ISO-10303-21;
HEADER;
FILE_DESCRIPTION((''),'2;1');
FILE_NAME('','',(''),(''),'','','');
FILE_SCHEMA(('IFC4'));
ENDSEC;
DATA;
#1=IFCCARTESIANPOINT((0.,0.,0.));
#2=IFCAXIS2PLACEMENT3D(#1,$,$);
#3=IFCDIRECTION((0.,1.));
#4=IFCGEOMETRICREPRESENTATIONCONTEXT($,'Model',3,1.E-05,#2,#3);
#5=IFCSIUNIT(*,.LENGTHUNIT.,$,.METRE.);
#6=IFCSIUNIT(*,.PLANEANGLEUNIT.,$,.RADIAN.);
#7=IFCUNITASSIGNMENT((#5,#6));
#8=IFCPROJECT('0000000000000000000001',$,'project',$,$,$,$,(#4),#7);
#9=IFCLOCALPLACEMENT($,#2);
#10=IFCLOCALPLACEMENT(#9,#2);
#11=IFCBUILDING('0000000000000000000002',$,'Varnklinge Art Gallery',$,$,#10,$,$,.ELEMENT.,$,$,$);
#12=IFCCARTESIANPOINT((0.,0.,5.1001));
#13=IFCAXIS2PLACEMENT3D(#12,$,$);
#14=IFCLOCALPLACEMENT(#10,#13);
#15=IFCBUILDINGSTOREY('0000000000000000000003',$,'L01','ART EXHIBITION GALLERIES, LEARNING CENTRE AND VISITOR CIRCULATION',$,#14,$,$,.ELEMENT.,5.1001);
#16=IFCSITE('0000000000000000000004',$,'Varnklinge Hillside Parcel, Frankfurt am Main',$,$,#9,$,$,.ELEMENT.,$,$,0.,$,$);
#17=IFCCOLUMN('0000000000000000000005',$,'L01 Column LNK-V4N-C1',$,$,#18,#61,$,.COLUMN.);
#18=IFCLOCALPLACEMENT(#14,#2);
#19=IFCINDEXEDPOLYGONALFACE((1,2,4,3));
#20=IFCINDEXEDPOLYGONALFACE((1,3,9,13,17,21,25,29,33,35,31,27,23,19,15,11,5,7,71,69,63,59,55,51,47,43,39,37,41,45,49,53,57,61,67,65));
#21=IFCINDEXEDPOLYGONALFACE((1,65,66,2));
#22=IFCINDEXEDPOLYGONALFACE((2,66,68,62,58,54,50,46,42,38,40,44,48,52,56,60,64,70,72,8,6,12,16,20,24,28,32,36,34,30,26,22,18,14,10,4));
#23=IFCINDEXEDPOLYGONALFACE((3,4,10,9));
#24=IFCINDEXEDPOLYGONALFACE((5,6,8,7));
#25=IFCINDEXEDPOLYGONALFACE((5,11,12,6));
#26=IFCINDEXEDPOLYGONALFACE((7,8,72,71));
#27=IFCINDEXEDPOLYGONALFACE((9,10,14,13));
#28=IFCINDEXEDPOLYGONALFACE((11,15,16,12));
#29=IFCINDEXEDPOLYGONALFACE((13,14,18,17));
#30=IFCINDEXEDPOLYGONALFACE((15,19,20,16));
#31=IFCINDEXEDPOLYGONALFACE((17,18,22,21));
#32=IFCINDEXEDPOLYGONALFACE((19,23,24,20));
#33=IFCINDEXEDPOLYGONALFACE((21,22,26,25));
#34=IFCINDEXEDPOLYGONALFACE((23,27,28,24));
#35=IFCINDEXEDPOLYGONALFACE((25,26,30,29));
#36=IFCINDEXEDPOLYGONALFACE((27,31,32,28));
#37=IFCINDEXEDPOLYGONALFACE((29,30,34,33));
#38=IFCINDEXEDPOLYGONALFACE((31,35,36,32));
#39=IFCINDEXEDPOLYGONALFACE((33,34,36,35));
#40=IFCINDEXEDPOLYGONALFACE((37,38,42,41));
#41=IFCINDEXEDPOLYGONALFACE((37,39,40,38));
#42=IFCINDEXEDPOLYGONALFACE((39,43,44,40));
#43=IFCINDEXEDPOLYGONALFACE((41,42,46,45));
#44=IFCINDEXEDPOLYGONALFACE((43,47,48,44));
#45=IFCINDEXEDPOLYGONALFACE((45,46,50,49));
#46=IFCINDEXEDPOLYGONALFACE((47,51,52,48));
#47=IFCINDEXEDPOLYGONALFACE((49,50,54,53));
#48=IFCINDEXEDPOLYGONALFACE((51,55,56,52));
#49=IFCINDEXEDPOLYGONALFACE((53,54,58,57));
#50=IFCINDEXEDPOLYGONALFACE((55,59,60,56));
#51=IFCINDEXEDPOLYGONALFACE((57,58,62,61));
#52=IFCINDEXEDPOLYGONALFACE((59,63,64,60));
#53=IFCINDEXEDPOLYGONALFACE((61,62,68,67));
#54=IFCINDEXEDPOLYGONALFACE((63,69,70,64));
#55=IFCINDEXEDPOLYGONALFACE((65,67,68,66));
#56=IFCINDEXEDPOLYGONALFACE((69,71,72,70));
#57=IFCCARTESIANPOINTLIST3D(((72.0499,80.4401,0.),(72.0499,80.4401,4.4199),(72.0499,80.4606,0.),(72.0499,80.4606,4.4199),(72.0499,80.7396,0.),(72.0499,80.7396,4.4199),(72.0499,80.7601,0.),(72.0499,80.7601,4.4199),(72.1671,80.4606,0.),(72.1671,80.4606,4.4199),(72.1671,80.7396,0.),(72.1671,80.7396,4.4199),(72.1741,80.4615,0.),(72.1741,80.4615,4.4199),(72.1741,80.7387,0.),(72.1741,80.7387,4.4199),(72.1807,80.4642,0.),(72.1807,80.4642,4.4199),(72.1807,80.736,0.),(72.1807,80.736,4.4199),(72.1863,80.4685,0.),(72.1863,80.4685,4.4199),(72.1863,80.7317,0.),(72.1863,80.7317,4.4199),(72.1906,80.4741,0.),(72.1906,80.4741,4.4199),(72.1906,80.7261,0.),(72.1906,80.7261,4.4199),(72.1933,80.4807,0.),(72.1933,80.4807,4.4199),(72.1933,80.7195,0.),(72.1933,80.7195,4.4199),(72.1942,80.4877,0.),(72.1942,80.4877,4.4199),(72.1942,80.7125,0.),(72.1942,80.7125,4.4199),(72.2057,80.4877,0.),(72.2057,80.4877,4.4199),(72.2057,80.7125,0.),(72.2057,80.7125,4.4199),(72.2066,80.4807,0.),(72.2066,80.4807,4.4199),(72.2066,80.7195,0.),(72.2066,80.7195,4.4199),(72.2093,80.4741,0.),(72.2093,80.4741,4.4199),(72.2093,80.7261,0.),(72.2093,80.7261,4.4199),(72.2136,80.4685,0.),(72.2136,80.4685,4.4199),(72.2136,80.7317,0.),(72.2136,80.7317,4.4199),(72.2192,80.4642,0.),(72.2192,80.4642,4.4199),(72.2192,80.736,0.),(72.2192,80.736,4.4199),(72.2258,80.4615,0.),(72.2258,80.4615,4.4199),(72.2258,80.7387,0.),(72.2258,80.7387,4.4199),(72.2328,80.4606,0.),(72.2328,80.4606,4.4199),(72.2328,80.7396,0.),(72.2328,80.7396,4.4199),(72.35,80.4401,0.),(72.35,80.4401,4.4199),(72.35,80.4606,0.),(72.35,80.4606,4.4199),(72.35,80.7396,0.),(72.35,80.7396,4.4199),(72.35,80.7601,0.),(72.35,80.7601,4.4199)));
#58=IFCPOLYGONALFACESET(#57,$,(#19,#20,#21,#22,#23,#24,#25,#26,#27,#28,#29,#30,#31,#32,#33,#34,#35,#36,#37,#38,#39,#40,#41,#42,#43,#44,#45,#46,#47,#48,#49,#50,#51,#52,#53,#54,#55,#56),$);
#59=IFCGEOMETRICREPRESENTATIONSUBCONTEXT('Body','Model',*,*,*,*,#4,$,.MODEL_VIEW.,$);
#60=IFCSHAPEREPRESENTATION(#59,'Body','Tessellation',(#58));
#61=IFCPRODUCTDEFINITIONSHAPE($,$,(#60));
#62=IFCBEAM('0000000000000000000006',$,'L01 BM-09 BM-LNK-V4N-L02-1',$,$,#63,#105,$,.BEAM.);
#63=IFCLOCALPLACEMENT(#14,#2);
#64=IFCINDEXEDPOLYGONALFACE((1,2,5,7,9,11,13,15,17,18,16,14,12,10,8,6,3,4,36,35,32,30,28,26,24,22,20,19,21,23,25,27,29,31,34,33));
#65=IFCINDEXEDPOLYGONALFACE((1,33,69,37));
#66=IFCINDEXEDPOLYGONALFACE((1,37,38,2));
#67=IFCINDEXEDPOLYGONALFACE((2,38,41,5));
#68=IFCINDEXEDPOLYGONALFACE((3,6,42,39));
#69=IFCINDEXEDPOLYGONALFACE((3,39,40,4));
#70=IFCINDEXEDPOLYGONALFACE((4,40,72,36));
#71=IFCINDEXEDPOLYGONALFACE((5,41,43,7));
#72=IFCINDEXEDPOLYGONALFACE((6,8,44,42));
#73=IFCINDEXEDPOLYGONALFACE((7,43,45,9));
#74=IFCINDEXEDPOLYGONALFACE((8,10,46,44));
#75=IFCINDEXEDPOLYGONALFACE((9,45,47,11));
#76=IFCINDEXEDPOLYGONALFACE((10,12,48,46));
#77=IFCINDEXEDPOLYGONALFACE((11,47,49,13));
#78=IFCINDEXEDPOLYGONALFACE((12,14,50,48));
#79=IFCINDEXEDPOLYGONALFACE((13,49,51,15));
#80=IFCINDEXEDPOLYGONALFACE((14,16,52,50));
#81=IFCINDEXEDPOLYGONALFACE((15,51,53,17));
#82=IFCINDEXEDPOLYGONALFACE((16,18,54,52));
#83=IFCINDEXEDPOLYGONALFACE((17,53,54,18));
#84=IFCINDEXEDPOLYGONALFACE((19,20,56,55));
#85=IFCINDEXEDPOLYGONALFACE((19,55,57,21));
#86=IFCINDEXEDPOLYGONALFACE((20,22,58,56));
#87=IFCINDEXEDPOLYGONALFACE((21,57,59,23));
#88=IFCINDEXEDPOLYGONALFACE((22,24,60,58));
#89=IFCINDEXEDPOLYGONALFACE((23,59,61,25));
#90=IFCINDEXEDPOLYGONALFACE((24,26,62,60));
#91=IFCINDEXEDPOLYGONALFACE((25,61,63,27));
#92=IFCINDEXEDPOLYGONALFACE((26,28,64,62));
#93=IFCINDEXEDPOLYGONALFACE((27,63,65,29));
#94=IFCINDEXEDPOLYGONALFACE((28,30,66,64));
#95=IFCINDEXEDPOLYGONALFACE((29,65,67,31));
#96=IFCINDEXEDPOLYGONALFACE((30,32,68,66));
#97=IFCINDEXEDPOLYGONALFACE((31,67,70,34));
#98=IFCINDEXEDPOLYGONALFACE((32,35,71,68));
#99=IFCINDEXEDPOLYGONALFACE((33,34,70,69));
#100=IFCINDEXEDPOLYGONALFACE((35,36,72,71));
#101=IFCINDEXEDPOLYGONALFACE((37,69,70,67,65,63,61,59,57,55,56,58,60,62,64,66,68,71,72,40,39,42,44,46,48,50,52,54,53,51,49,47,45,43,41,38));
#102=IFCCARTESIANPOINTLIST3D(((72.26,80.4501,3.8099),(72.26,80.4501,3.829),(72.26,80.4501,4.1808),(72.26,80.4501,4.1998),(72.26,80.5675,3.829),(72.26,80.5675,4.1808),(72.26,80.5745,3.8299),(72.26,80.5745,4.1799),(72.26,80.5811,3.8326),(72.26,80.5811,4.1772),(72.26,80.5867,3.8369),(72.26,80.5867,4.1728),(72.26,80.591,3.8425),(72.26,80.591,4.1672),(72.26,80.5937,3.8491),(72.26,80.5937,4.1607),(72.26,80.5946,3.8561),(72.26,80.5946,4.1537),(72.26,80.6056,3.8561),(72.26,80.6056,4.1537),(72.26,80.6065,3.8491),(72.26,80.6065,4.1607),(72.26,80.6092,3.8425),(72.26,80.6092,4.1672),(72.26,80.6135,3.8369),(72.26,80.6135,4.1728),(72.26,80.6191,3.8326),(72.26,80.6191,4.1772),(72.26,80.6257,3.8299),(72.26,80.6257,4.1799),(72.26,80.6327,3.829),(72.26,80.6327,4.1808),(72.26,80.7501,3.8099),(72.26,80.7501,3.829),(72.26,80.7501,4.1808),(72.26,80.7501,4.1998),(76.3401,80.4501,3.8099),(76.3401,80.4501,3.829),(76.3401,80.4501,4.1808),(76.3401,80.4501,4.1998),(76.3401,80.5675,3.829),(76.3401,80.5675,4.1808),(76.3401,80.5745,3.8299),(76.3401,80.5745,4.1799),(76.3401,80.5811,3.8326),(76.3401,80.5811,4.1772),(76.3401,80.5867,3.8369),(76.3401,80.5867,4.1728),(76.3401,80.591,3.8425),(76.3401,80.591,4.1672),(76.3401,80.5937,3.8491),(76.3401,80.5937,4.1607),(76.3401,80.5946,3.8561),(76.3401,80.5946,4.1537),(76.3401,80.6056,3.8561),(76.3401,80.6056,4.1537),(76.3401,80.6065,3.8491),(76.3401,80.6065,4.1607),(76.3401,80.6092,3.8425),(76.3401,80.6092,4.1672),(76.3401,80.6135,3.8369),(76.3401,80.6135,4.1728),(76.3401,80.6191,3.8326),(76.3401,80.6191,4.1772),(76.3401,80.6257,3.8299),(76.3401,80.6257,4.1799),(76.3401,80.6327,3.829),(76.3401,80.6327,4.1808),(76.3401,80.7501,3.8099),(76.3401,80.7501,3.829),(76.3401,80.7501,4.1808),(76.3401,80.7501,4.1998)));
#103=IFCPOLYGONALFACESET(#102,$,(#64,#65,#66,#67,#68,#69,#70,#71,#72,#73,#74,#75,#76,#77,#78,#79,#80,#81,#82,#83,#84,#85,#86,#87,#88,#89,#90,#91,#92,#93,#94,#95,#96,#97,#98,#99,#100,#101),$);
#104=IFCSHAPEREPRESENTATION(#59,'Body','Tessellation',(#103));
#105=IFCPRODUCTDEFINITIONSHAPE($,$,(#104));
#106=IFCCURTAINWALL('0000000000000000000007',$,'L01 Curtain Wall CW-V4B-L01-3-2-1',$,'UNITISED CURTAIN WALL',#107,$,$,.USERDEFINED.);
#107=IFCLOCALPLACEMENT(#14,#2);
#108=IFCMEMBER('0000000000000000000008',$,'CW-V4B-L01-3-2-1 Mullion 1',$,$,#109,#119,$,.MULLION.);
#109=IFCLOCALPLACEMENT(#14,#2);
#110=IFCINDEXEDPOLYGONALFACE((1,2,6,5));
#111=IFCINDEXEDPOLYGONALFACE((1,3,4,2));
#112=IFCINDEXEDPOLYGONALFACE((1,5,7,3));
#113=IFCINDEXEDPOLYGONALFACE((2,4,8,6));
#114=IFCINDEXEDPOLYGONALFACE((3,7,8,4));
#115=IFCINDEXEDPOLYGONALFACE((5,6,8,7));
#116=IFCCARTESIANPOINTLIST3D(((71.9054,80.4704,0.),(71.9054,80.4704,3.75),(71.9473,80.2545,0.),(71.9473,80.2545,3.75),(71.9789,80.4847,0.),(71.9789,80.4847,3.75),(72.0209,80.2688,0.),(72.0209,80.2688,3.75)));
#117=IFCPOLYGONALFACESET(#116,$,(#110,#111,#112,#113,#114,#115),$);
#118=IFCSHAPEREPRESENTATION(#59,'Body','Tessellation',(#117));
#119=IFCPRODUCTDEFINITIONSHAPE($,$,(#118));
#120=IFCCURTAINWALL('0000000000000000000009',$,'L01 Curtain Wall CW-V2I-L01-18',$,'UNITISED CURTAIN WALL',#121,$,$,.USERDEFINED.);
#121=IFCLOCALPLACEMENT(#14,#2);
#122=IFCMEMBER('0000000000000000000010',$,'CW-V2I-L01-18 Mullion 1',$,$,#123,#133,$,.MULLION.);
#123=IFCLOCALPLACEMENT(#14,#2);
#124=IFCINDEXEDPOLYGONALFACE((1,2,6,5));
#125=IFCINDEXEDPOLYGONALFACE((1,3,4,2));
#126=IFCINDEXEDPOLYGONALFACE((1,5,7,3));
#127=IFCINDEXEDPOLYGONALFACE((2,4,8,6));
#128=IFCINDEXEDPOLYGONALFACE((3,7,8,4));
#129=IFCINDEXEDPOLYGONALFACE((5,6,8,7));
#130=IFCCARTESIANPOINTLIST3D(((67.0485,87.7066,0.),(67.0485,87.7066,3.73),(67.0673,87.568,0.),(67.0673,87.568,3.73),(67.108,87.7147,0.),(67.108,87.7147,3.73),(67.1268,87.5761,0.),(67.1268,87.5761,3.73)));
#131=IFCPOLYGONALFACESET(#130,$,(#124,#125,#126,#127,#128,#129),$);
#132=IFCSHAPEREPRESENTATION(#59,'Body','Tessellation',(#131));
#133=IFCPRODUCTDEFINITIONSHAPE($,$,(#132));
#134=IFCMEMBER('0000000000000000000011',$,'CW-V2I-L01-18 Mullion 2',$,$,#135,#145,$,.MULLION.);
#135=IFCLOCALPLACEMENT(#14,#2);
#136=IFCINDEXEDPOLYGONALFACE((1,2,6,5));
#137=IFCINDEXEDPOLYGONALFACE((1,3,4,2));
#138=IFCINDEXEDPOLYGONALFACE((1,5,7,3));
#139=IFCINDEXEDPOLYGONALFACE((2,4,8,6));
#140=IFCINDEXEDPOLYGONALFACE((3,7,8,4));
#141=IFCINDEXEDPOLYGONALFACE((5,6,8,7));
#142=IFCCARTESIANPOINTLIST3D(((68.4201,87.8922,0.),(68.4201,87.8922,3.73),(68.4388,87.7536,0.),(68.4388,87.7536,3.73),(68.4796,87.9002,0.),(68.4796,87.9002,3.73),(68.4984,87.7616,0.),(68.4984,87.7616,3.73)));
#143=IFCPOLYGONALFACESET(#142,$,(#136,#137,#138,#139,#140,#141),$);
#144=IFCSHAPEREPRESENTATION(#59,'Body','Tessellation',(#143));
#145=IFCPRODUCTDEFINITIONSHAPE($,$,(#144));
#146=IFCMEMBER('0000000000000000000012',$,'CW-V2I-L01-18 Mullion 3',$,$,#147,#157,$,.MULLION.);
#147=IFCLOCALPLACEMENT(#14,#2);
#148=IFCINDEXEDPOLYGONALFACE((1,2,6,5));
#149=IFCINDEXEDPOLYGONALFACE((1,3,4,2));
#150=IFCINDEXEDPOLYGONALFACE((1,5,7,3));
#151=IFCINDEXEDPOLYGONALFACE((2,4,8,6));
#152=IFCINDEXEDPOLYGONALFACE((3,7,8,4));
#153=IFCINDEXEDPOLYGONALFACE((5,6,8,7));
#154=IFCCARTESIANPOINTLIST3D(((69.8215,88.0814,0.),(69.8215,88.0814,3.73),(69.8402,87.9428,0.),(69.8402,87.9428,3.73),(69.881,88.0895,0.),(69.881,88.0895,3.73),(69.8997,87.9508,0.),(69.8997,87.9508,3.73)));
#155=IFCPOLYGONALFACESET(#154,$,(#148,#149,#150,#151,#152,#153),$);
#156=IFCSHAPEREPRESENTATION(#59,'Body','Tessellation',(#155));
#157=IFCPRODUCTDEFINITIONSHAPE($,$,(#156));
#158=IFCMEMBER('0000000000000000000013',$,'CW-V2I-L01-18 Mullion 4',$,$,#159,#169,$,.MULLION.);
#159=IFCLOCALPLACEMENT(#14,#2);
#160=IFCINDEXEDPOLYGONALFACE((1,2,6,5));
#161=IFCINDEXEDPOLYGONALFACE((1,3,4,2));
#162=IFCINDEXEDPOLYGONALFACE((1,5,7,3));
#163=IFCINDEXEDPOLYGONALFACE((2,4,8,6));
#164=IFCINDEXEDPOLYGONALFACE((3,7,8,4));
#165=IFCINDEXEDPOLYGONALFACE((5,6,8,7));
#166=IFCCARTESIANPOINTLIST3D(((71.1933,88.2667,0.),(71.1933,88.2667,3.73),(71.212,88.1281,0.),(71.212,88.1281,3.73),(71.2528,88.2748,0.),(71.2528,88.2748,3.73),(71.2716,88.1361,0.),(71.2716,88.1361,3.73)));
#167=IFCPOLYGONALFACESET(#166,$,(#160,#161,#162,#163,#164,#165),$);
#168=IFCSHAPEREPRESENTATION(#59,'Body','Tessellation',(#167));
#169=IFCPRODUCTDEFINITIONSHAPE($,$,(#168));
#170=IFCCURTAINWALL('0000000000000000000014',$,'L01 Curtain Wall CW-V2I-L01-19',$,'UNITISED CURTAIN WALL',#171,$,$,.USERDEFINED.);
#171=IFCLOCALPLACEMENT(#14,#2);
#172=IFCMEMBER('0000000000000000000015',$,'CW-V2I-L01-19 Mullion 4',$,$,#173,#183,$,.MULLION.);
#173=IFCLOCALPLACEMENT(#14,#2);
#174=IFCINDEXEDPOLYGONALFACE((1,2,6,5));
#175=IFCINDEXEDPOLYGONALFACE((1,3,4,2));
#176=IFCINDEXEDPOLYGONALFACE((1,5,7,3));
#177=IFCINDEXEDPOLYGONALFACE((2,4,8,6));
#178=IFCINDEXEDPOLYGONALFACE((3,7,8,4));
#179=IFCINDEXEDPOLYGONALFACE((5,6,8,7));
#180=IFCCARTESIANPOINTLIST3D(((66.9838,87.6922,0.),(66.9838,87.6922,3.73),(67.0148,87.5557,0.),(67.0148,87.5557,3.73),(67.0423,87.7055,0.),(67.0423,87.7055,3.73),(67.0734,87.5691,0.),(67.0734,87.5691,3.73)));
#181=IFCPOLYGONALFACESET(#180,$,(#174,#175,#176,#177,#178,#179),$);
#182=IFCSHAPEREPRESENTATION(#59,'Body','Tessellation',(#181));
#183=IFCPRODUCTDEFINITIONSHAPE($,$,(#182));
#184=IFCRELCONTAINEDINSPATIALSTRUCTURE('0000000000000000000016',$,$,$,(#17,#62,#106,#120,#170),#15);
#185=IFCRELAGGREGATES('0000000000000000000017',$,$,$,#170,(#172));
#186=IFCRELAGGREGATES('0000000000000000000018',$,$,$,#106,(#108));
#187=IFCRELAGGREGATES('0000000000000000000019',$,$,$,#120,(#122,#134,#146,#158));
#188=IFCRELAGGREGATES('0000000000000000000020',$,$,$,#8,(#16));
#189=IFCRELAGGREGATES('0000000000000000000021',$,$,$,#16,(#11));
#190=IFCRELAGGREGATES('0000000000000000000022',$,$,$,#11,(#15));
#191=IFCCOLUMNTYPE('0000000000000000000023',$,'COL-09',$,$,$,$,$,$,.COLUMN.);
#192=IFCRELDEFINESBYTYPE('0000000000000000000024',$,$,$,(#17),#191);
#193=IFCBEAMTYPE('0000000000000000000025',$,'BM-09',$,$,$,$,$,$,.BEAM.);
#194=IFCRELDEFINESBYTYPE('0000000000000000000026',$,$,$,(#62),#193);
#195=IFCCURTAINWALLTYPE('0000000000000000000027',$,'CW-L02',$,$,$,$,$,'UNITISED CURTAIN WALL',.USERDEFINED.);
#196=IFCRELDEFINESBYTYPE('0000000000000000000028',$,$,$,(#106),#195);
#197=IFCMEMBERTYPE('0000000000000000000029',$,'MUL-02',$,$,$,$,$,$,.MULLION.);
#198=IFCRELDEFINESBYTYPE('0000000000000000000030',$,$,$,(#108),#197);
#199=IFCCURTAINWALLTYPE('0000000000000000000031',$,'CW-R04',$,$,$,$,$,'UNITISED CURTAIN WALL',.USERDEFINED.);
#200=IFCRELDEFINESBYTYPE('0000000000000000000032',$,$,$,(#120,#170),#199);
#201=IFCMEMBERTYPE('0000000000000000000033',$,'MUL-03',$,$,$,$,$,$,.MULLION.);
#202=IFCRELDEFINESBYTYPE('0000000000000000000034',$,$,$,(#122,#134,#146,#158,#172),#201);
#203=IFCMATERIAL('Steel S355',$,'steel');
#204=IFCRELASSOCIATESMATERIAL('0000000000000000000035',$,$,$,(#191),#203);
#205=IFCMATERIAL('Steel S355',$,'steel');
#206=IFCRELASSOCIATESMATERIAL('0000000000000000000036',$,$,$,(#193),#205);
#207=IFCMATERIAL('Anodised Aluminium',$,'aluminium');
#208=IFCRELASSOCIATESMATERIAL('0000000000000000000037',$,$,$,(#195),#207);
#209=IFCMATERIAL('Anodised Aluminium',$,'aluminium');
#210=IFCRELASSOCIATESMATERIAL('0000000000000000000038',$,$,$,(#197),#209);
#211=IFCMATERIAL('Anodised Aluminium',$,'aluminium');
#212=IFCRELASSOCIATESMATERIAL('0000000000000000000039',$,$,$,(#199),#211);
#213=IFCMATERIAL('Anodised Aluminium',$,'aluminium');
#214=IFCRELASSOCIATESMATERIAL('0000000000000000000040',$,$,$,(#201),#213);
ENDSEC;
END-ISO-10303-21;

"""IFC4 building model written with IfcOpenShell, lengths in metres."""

from ifc_helpers import new_model, si_unit, direction, frame, origin, origin_2d, place, context, subcontext, project, spatial, rectangle, i_section, extrude, material, material_profile, profile_set, type_object, element, aggregate, save


model = new_model("IFC4")

# Units and contexts
model_context = context("Model", 3, precision=1e-05, world=origin(), true_north=direction((0.0, 1.0)))
body_context = subcontext(model_context, "Body", "Model", "MODEL_VIEW")
ifc_project = project(units=[si_unit("LENGTHUNIT", "METRE"), si_unit("PLANEANGLEUNIT", "RADIAN")], contexts=[model_context])

# Site, building, storey
site_placement = place(None, origin())
site = spatial("IfcSite", under=ifc_project, at=site_placement, Name="Varnklinge Hillside Parcel, Frankfurt am Main", CompositionType="ELEMENT", RefElevation=0.0)
building_placement = place(site_placement, origin())
building = spatial("IfcBuilding", under=site, at=building_placement, Name="Varnklinge Art Gallery", CompositionType="ELEMENT")
storey_placement = place(building_placement, frame((0.0, 0.0, 5.1001)))
storey = spatial("IfcBuildingStorey", under=building, at=storey_placement, Name="L01", Description="ART EXHIBITION GALLERIES, LEARNING CENTRE AND VISITOR CIRCULATION", CompositionType="ELEMENT", Elevation=5.1001)

# Column
ifc_material_1 = material(Name="Steel S355", Category="steel")
ifc_material_profile_1 = material_profile(ifc_material_1, i_section(OverallWidth=0.3, OverallDepth=0.3201, WebThickness=0.0115, FlangeThickness=0.0205, FilletRadius=0.0271, at=origin_2d()), Name="HEB 320")
ifc_profile_set_1 = profile_set([ifc_material_profile_1], Name="Steel S355")
column_type = type_object("IfcColumnType", Name="COL-09", PredefinedType="COLUMN", material=ifc_profile_set_1)
column_placement = place(storey_placement, frame((72.2, 80.6001, 0.0), z_axis=(0.0, 0.0, 1.0), x_axis=(1.0, 0.0, 0.0)))
element("IfcColumn", 1, at=column_placement, inside=storey, type_object=column_type, Name="L01 Column LNK-V4N-C1", PredefinedType="COLUMN", context=body_context, shape_type="SweptSolid", body=[
    extrude(i_section(OverallWidth=0.3, OverallDepth=0.3201, WebThickness=0.0115, FlangeThickness=0.0205, FilletRadius=0.0271, at=origin_2d()), origin(), (0.0, 0.0, 1.0), 4.4199),
])

# Beam
ifc_material_2 = material(Name="Steel S355", Category="steel")
ifc_material_profile_2 = material_profile(ifc_material_2, i_section(OverallWidth=0.3, OverallDepth=0.3899, WebThickness=0.011, FlangeThickness=0.019, FilletRadius=0.0271, at=origin_2d()), Name="HEA 400")
ifc_profile_set_2 = profile_set([ifc_material_profile_2], Name="Steel S355")
beam_type = type_object("IfcBeamType", Name="BM-09", PredefinedType="BEAM", material=ifc_profile_set_2)
beam_placement = place(storey_placement, frame((72.26, 80.6001, 4.0049), z_axis=(1.0, 0.0, 0.0), x_axis=(0.0, 1.0, 0.0)))
element("IfcBeam", 2, at=beam_placement, inside=storey, type_object=beam_type, Name="L01 BM-09 BM-LNK-V4N-L02-1", PredefinedType="BEAM", context=body_context, shape_type="SweptSolid", body=[
    extrude(i_section(OverallWidth=0.3, OverallDepth=0.3899, WebThickness=0.011, FlangeThickness=0.019, FilletRadius=0.0271, at=origin_2d()), origin(), (0.0, 0.0, 1.0), 4.0801),
])

# Curtain wall, member
ifc_material_3 = material(Name="Anodised Aluminium", Category="aluminium")
curtain_wall_type_1 = type_object("IfcCurtainWallType", Name="CW-L02", ElementType="UNITISED CURTAIN WALL", PredefinedType="USERDEFINED", material=ifc_material_3)
curtain_wall_1_placement = place(storey_placement, origin())
curtain_wall_1 = element("IfcCurtainWall", 3, at=curtain_wall_1_placement, inside=storey, type_object=curtain_wall_type_1, Name="L01 Curtain Wall CW-V4B-L01-3-2-1", ObjectType="UNITISED CURTAIN WALL", PredefinedType="USERDEFINED")
ifc_material_4 = material(Name="Anodised Aluminium", Category="aluminium")
ifc_material_profile_3 = material_profile(ifc_material_4, rectangle(XDim=0.075, YDim=0.22, at=origin_2d()), Name="ALU 75x220")
ifc_profile_set_3 = profile_set([ifc_material_profile_3], Name="Anodised Aluminium")
member_type_1 = type_object("IfcMemberType", Name="MUL-02", PredefinedType="MULLION", material=ifc_profile_set_3)
member_1_placement = place(storey_placement, frame((71.9631, 80.3696, 0.0), z_axis=(0.0, 0.0, 1.0), x_axis=(-0.981627, -0.190809, 0.0)))
member_1 = element("IfcMember", 4, at=member_1_placement, type_object=member_type_1, Name="CW-V4B-L01-3-2-1 Mullion 1", PredefinedType="MULLION", context=body_context, shape_type="SweptSolid", body=[
    extrude(rectangle(XDim=0.075, YDim=0.22, at=origin_2d()), origin(), (0.0, 0.0, 1.0), 3.75),
])

# Curtain wall, members
ifc_material_5 = material(Name="Anodised Aluminium", Category="aluminium")
curtain_wall_type_2 = type_object("IfcCurtainWallType", Name="CW-R04", ElementType="UNITISED CURTAIN WALL", PredefinedType="USERDEFINED", material=ifc_material_5)
curtain_wall_2_placement = place(storey_placement, origin())
curtain_wall_2 = element("IfcCurtainWall", 5, at=curtain_wall_2_placement, inside=storey, type_object=curtain_wall_type_2, Name="L01 Curtain Wall CW-V2I-L01-18", ObjectType="UNITISED CURTAIN WALL", PredefinedType="USERDEFINED")
ifc_material_6 = material(Name="Anodised Aluminium", Category="aluminium")
ifc_material_profile_4 = material_profile(ifc_material_6, rectangle(XDim=0.0601, YDim=0.1399, at=origin_2d()), Name="ALU 60x140")
ifc_profile_set_4 = profile_set([ifc_material_profile_4], Name="Anodised Aluminium")
member_type_2 = type_object("IfcMemberType", Name="MUL-03", PredefinedType="MULLION", material=ifc_profile_set_4)
member_2_placement = place(storey_placement, frame((67.0876, 87.6414, 0.0), z_axis=(0.0, 0.0, 1.0), x_axis=(0.990983, 0.133986, 0.0)))
member_2 = element("IfcMember", 6, at=member_2_placement, type_object=member_type_2, Name="CW-V2I-L01-18 Mullion 1", PredefinedType="MULLION", context=body_context, shape_type="SweptSolid", body=[
    extrude(rectangle(XDim=0.0601, YDim=0.1399, at=origin_2d()), origin(), (0.0, 0.0, 1.0), 3.73),
])
member_3_placement = place(storey_placement, frame((68.4592, 87.8269, 0.0), z_axis=(0.0, 0.0, 1.0), x_axis=(0.990983, 0.133986, 0.0)))
member_3 = element("IfcMember", 7, at=member_3_placement, type_object=member_type_2, Name="CW-V2I-L01-18 Mullion 2", PredefinedType="MULLION", context=body_context, shape_type="SweptSolid", body=[
    extrude(rectangle(XDim=0.0601, YDim=0.1399, at=origin_2d()), origin(), (0.0, 0.0, 1.0), 3.73),
])
member_4_placement = place(storey_placement, frame((69.8606, 88.0161, 0.0), z_axis=(0.0, 0.0, 1.0), x_axis=(0.990983, 0.133986, 0.0)))
member_4 = element("IfcMember", 8, at=member_4_placement, type_object=member_type_2, Name="CW-V2I-L01-18 Mullion 3", PredefinedType="MULLION", context=body_context, shape_type="SweptSolid", body=[
    extrude(rectangle(XDim=0.0601, YDim=0.1399, at=origin_2d()), origin(), (0.0, 0.0, 1.0), 3.73),
])
member_5_placement = place(storey_placement, frame((71.2324, 88.2014, 0.0), z_axis=(0.0, 0.0, 1.0), x_axis=(0.990983, 0.133986, 0.0)))
member_5 = element("IfcMember", 9, at=member_5_placement, type_object=member_type_2, Name="CW-V2I-L01-18 Mullion 4", PredefinedType="MULLION", context=body_context, shape_type="SweptSolid", body=[
    extrude(rectangle(XDim=0.0601, YDim=0.1399, at=origin_2d()), origin(), (0.0, 0.0, 1.0), 3.73),
])

# Curtain wall, member
curtain_wall_3_placement = place(storey_placement, origin())
curtain_wall_3 = element("IfcCurtainWall", 10, at=curtain_wall_3_placement, inside=storey, type_object=curtain_wall_type_2, Name="L01 Curtain Wall CW-V2I-L01-19", ObjectType="UNITISED CURTAIN WALL", PredefinedType="USERDEFINED")
member_6_placement = place(storey_placement, frame((67.0286, 87.6306, 0.0), z_axis=(0.0, 0.0, 1.0), x_axis=(0.975072, 0.221889, 0.0)))
member_6 = element("IfcMember", 11, at=member_6_placement, type_object=member_type_2, Name="CW-V2I-L01-19 Mullion 4", PredefinedType="MULLION", context=body_context, shape_type="SweptSolid", body=[
    extrude(rectangle(XDim=0.0601, YDim=0.1399, at=origin_2d()), origin(), (0.0, 0.0, 1.0), 3.73),
])
aggregate(curtain_wall_3, [member_6])

aggregate(curtain_wall_1, [member_1])

aggregate(curtain_wall_2, [member_2, member_3, member_4, member_5])

save(model, "model.ifc")
